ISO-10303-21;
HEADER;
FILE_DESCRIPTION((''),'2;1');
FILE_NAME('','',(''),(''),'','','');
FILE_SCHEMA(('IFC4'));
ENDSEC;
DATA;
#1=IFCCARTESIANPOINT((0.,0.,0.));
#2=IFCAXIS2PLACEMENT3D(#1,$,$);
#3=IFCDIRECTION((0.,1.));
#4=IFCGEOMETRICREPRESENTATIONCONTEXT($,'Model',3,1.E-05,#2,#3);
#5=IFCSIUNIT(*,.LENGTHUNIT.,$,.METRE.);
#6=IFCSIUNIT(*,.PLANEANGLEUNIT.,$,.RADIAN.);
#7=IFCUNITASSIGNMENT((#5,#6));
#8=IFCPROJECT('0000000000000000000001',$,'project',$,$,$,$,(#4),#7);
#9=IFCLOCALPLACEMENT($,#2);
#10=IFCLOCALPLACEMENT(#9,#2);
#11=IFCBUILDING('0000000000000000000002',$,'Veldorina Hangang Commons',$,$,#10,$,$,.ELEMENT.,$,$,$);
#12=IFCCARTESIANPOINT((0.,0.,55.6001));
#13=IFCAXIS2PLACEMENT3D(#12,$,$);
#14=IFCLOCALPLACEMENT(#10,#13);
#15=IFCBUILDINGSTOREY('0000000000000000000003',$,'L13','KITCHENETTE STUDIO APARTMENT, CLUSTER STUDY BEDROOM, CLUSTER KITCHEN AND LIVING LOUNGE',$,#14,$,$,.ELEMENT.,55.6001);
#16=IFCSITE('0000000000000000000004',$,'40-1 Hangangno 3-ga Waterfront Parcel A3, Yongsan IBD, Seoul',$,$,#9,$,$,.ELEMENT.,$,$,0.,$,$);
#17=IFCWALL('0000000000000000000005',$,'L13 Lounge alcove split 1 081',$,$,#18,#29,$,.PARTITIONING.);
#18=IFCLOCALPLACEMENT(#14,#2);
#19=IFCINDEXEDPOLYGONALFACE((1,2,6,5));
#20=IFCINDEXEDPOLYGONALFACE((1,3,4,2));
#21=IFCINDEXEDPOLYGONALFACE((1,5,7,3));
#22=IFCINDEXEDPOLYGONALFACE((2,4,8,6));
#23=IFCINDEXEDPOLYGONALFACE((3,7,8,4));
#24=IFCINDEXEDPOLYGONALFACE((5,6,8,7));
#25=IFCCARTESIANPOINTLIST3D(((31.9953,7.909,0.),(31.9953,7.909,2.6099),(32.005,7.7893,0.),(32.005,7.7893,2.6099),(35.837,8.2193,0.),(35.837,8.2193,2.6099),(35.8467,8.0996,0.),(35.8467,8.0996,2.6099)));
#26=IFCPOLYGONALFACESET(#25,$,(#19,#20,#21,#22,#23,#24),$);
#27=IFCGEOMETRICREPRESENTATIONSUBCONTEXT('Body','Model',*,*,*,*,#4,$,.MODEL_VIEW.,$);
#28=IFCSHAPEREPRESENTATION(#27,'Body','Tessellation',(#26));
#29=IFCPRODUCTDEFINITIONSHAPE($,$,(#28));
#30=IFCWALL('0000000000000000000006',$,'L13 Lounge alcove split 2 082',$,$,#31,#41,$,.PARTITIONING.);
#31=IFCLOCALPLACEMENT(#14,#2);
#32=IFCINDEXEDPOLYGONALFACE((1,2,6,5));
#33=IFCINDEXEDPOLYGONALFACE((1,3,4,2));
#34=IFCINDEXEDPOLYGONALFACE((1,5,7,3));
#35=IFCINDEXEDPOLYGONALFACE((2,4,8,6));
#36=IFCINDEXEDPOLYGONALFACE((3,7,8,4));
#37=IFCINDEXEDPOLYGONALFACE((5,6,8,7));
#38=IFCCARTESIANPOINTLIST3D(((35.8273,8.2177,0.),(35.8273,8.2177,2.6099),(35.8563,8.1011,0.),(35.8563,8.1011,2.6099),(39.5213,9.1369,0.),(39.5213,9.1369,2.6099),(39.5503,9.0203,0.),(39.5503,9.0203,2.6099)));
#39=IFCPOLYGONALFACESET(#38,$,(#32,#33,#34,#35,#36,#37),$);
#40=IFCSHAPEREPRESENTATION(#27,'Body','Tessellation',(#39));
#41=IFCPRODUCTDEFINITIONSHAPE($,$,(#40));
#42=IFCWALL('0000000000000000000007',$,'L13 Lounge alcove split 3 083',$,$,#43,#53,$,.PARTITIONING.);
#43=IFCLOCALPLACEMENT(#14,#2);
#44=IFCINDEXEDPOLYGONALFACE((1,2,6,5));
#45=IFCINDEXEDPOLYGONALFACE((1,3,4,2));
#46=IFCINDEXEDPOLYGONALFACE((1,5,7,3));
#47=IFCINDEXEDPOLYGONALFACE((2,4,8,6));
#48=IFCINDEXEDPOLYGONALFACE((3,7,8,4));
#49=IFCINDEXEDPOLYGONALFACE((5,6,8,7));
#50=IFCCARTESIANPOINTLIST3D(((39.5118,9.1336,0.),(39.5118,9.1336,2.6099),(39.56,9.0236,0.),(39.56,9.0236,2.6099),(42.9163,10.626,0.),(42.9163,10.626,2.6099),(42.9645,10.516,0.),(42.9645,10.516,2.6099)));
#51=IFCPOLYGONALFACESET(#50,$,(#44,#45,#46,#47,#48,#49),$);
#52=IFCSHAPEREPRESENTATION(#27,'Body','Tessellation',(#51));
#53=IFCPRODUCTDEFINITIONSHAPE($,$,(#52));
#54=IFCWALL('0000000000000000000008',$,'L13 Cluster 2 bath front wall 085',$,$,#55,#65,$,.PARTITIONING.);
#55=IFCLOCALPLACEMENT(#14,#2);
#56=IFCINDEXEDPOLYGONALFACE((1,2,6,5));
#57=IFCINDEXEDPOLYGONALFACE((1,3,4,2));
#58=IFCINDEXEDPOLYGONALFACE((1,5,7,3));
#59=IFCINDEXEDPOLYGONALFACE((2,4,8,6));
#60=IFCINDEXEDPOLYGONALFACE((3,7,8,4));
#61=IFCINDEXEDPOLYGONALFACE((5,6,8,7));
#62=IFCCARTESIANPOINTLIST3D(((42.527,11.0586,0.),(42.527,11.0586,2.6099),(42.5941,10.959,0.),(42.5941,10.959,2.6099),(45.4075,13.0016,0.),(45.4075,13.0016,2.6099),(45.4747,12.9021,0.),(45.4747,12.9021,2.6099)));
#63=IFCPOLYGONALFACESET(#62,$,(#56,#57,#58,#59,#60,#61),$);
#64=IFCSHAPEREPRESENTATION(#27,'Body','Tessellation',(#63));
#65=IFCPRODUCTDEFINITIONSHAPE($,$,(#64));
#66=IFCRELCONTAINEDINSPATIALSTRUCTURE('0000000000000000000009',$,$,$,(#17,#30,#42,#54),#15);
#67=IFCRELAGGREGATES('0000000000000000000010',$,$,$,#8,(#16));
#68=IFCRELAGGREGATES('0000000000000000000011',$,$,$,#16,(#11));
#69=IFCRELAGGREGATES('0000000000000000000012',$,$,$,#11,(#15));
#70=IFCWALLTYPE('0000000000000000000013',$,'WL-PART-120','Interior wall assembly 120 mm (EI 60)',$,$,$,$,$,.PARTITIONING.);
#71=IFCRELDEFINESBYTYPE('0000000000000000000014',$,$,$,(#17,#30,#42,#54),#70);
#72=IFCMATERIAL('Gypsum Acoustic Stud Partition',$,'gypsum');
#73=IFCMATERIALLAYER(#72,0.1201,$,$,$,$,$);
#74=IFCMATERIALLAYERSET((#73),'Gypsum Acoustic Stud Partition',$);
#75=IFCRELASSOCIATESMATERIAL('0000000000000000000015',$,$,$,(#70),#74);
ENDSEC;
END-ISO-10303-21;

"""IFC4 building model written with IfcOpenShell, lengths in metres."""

from ifc_helpers import new_model, si_unit, direction, frame, frame_2d, origin, place, context, subcontext, project, spatial, rectangle, extrude, material, layer, layer_set, type_object, element, save


model = new_model("IFC4")

# Units and contexts
model_context = context("Model", 3, precision=1e-05, world=origin(), true_north=direction((0.0, 1.0)))
body_context = subcontext(model_context, "Body", "Model", "MODEL_VIEW")
ifc_project = project(units=[si_unit("LENGTHUNIT", "METRE"), si_unit("PLANEANGLEUNIT", "RADIAN")], contexts=[model_context])

# Site, building, storey
site_placement = place(None, origin())
site = spatial("IfcSite", under=ifc_project, at=site_placement, Name="40-1 Hangangno 3-ga Waterfront Parcel A3, Yongsan IBD, Seoul", CompositionType="ELEMENT", RefElevation=0.0)
building_placement = place(site_placement, origin())
building = spatial("IfcBuilding", under=site, at=building_placement, Name="Veldorina Hangang Commons", CompositionType="ELEMENT")
storey_placement = place(building_placement, frame((0.0, 0.0, 55.6001)))
storey = spatial("IfcBuildingStorey", under=building, at=storey_placement, Name="L13", Description="KITCHENETTE STUDIO APARTMENT, CLUSTER STUDY BEDROOM, CLUSTER KITCHEN AND LIVING LOUNGE", CompositionType="ELEMENT", Elevation=55.6001)

# Walls
ifc_material_1 = material(Name="Gypsum Acoustic Stud Partition", Category="gypsum")
ifc_layer_1 = layer(ifc_material_1, 0.1201)
ifc_layer_set_1 = layer_set([ifc_layer_1], Name="Gypsum Acoustic Stud Partition")
wall_type_1 = type_object("IfcWallType", Name="WL-PART-120", Description="Interior wall assembly 120 mm (EI 60)", PredefinedType="PARTITIONING", material=ifc_layer_set_1)
wall_1_placement = place(storey_placement, frame((32.0, 7.8491, 0.0), z_axis=(0.0, 0.0, 1.0), x_axis=(0.996754, 0.080508, 0.0)))
element("IfcWall", 1, at=wall_1_placement, inside=storey, type_object=wall_type_1, Name="L13 Lounge alcove split 1 081", PredefinedType="PARTITIONING", context=body_context, shape_type="SweptSolid", body=[
    extrude(rectangle(XDim=3.8542, YDim=0.1201, at=frame_2d((1.9272, 0.0))), origin(), (0.0, 0.0, 1.0), 2.6099),
])
wall_2_placement = place(storey_placement, frame((35.8418, 8.1594, 0.0), z_axis=(0.0, 0.0, 1.0), x_axis=(0.97041, 0.241464, 0.0)))
element("IfcWall", 2, at=wall_2_placement, inside=storey, type_object=wall_type_1, Name="L13 Lounge alcove split 2 082", PredefinedType="PARTITIONING", context=body_context, shape_type="SweptSolid", body=[
    extrude(rectangle(XDim=3.8066, YDim=0.1201, at=frame_2d((1.9033, 0.0))), origin(), (0.0, 0.0, 1.0), 2.6099),
])
wall_3_placement = place(storey_placement, frame((39.5359, 9.0786, 0.0), z_axis=(0.0, 0.0, 1.0), x_axis=(0.915866, 0.401484, 0.0)))
element("IfcWall", 3, at=wall_3_placement, inside=storey, type_object=wall_type_1, Name="L13 Lounge alcove split 3 083", PredefinedType="PARTITIONING", context=body_context, shape_type="SweptSolid", body=[
    extrude(rectangle(XDim=3.7173, YDim=0.1201, at=frame_2d((1.8586, 0.0))), origin(), (0.0, 0.0, 1.0), 2.6099),
])
wall_4_placement = place(storey_placement, frame((42.5605, 11.0088, 0.0), z_axis=(0.0, 0.0, 1.0), x_axis=(0.829022, 0.559216, 0.0)))
element("IfcWall", 4, at=wall_4_placement, inside=storey, type_object=wall_type_1, Name="L13 Cluster 2 bath front wall 085", PredefinedType="PARTITIONING", context=body_context, shape_type="SweptSolid", body=[
    extrude(rectangle(XDim=3.4746, YDim=0.1201, at=frame_2d((1.7373, 0.0))), origin(), (0.0, 0.0, 1.0), 2.6099),
])

save(model, "model.ifc")
